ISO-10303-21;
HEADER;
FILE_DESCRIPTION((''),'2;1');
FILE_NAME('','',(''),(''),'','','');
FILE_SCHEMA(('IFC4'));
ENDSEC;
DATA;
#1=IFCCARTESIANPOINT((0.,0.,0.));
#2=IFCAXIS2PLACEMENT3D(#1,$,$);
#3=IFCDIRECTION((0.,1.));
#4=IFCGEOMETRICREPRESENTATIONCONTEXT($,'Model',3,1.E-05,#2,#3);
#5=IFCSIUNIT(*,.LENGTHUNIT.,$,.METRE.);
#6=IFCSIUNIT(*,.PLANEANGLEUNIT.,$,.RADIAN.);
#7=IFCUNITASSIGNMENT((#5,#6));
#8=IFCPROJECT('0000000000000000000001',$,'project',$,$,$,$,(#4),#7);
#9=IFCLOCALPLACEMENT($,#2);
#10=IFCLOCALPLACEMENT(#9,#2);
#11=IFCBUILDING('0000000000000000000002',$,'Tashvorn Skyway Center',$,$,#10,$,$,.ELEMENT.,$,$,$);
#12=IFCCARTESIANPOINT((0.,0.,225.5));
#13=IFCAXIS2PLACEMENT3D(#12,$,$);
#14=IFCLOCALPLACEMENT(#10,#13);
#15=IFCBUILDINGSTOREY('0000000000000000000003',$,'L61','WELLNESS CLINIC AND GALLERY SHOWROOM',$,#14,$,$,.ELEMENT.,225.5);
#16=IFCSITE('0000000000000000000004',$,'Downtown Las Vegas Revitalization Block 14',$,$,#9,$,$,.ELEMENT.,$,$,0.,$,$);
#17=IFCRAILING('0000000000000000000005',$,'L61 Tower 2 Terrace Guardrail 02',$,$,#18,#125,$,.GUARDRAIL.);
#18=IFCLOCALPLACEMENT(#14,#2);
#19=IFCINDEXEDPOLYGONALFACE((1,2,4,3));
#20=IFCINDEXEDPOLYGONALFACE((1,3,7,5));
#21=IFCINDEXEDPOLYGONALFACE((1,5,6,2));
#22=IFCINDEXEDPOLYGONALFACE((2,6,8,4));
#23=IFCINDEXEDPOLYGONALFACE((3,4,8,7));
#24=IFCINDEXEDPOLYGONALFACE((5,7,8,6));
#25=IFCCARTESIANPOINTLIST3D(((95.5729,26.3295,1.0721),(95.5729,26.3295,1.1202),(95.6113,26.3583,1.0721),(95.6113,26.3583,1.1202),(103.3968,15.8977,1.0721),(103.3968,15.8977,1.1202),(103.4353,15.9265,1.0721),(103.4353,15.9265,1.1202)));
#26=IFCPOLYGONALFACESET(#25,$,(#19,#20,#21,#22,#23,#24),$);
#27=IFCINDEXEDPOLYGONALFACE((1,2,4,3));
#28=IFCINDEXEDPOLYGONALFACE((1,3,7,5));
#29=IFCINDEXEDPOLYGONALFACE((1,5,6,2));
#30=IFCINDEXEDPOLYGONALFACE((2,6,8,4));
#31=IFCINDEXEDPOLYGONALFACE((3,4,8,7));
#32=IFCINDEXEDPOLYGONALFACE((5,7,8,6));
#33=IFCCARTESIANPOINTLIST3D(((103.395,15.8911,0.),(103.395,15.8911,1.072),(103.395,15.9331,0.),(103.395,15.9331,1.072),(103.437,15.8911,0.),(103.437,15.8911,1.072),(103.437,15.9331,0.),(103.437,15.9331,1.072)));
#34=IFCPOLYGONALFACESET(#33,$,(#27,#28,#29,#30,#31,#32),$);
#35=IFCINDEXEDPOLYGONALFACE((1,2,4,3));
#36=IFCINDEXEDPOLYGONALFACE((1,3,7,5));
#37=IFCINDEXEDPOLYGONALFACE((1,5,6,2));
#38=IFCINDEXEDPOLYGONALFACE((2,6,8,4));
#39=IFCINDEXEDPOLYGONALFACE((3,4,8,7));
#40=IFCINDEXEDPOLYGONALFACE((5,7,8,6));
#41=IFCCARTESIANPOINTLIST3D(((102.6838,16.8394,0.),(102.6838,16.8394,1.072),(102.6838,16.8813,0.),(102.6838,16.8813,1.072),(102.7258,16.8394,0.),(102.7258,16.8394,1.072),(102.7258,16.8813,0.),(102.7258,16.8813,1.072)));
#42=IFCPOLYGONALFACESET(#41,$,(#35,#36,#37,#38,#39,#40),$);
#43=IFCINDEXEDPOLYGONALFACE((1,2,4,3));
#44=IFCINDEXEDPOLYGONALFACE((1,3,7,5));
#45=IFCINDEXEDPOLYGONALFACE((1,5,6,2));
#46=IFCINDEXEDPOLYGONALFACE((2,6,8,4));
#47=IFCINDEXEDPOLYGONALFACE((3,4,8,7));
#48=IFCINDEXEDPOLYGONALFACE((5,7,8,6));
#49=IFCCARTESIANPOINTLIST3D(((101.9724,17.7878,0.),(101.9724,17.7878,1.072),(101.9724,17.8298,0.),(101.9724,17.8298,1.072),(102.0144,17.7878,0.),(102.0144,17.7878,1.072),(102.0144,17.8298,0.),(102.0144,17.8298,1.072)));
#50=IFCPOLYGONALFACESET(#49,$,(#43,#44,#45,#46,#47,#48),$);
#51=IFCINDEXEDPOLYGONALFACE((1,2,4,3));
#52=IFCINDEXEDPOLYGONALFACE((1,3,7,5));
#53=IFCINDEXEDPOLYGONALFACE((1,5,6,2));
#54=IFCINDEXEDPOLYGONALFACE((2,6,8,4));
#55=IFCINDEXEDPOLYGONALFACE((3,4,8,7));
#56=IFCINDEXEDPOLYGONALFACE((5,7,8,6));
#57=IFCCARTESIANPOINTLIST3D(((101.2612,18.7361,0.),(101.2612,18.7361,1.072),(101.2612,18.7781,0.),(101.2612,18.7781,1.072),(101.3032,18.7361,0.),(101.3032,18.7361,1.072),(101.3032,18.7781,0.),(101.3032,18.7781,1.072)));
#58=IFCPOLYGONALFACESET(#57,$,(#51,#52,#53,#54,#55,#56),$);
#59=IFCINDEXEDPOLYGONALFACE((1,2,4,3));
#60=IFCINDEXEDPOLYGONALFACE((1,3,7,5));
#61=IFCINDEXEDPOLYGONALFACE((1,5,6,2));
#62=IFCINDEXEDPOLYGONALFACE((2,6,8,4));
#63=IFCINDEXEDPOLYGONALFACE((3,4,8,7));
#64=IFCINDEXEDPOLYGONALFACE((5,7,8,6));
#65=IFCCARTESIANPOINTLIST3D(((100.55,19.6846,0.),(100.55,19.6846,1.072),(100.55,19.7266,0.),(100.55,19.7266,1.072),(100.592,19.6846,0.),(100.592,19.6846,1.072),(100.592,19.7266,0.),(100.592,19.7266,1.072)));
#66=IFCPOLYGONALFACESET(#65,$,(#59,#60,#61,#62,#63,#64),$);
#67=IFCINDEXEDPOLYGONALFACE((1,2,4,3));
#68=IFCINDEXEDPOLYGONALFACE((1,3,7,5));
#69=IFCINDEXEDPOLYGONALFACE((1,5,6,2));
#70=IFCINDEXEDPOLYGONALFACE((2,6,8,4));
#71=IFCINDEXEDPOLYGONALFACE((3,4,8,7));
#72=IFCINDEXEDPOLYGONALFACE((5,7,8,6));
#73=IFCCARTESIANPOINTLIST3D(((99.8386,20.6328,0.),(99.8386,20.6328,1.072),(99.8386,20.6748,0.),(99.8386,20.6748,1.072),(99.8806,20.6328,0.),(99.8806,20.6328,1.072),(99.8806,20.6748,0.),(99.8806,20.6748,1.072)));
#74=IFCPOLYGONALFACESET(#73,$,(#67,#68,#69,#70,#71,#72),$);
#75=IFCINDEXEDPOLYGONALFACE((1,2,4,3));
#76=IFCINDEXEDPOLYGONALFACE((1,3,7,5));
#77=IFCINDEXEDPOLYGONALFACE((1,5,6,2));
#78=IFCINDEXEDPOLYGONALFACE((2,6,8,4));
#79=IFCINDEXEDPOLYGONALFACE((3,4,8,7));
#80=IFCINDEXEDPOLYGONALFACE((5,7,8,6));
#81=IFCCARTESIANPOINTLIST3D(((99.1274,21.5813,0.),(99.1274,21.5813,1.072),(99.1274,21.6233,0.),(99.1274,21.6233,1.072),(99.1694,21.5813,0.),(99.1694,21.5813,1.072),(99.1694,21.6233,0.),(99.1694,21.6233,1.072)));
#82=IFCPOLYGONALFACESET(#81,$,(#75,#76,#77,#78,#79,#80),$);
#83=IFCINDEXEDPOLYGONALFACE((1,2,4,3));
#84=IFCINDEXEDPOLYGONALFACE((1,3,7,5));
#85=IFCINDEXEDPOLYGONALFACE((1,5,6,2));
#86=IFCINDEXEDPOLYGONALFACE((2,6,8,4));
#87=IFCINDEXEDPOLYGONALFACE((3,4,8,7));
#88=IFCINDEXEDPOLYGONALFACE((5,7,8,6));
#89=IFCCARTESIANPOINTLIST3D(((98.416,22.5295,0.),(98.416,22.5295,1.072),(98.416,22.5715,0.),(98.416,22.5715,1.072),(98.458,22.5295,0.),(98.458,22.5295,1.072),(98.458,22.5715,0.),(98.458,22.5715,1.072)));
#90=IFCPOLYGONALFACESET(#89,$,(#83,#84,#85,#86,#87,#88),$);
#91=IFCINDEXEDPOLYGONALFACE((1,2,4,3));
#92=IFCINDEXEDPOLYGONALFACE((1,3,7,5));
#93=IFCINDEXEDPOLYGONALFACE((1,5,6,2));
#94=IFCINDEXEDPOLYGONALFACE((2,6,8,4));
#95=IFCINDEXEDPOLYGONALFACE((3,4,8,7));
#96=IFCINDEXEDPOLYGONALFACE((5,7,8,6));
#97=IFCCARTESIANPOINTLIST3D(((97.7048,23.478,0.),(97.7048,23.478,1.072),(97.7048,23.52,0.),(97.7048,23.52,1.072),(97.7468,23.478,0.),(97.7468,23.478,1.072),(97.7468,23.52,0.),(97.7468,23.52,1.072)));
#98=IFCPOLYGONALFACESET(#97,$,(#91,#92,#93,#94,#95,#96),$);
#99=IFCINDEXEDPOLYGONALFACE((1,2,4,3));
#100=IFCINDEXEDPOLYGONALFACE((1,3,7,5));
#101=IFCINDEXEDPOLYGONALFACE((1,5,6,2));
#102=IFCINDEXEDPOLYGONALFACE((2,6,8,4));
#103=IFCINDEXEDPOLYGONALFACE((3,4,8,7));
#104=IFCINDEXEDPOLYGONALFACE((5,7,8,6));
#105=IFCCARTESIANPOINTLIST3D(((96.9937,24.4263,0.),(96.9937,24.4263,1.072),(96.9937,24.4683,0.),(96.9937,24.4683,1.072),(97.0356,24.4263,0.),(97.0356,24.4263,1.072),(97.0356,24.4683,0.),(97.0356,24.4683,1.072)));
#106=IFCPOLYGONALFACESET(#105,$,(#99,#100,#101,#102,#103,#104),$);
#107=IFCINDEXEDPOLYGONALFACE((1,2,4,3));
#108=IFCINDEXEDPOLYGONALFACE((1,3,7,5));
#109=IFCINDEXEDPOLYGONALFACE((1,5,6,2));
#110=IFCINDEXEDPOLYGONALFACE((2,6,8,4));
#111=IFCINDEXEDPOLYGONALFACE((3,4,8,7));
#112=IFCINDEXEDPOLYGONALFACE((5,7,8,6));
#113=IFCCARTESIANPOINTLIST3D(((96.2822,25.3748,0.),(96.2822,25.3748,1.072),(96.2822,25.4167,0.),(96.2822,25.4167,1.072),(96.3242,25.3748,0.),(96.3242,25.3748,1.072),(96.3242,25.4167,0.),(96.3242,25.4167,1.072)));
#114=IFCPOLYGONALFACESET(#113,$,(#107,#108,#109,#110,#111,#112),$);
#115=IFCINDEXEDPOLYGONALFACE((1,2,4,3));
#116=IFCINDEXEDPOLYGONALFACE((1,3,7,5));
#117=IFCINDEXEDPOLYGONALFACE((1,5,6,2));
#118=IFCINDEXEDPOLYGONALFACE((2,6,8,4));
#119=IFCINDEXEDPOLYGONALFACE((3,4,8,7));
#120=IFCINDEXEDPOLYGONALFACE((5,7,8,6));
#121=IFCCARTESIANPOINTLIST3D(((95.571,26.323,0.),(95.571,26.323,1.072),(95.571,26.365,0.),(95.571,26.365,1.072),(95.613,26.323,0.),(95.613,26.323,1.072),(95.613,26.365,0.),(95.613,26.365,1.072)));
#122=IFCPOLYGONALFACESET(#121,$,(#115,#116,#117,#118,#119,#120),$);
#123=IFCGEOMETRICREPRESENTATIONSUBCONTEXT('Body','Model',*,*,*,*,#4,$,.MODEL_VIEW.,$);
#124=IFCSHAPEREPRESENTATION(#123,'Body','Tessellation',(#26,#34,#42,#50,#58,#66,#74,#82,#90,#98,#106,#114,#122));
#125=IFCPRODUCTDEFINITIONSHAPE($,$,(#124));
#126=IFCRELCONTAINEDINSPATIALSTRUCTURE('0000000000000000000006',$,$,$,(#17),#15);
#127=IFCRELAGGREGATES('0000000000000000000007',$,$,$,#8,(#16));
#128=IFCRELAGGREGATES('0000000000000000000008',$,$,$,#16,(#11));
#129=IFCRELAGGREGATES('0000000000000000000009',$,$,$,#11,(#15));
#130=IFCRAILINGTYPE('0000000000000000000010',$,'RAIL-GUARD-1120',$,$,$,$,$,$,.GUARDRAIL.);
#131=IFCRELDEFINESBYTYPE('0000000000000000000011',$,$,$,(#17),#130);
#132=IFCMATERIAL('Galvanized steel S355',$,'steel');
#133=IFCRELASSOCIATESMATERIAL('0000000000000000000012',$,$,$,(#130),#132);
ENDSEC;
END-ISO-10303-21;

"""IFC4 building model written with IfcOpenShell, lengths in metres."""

from ifc_helpers import new_model, si_unit, direction, frame, origin, origin_2d, place, context, subcontext, project, spatial, rectangle, extrude, material, type_object, element, save


model = new_model("IFC4")

# Units and contexts
model_context = context("Model", 3, precision=1e-05, world=origin(), true_north=direction((0.0, 1.0)))
body_context = subcontext(model_context, "Body", "Model", "MODEL_VIEW")
ifc_project = project(units=[si_unit("LENGTHUNIT", "METRE"), si_unit("PLANEANGLEUNIT", "RADIAN")], contexts=[model_context])

# Site, building, storey
site_placement = place(None, origin())
site = spatial("IfcSite", under=ifc_project, at=site_placement, Name="Downtown Las Vegas Revitalization Block 14", CompositionType="ELEMENT", RefElevation=0.0)
building_placement = place(site_placement, origin())
building = spatial("IfcBuilding", under=site, at=building_placement, Name="Tashvorn Skyway Center", CompositionType="ELEMENT")
storey_placement = place(building_placement, frame((0.0, 0.0, 225.5)))
storey = spatial("IfcBuildingStorey", under=building, at=storey_placement, Name="L61", Description="WELLNESS CLINIC AND GALLERY SHOWROOM", CompositionType="ELEMENT", Elevation=225.5)

# Railing
ifc_material_1 = material(Name="Galvanized steel S355", Category="steel")
railing_type = type_object("IfcRailingType", Name="RAIL-GUARD-1120", PredefinedType="GUARDRAIL", material=ifc_material_1)
railing_1_placement = place(storey_placement, frame((103.416, 15.9121, 0.0)))
element("IfcRailing", 1, at=railing_1_placement, inside=storey, type_object=railing_type, Name="L61 Tower 2 Terrace Guardrail 02", PredefinedType="GUARDRAIL", context=body_context, shape_type="SweptSolid", body=[
    extrude(rectangle(XDim=0.0481, YDim=0.0481, at=origin_2d()), frame((0.0, 0.0, 1.0962), z_axis=(-0.600003, 0.799998, 0.0), x_axis=(-0.799998, -0.600003, 0.0)), (0.0, 0.0, 1.0), 13.0398),
    extrude(rectangle(XDim=0.042, YDim=0.042, at=origin_2d()), origin(), (0.0, 0.0, 1.0), 1.072),
    extrude(rectangle(XDim=0.042, YDim=0.042, at=origin_2d()), frame((-0.7112, 0.9482, 0.0)), (0.0, 0.0, 1.0), 1.072),
    extrude(rectangle(XDim=0.042, YDim=0.042, at=origin_2d()), frame((-1.4226, 1.8967, 0.0)), (0.0, 0.0, 1.0), 1.072),
    extrude(rectangle(XDim=0.042, YDim=0.042, at=origin_2d()), frame((-2.1338, 2.845, 0.0)), (0.0, 0.0, 1.0), 1.072),
    extrude(rectangle(XDim=0.042, YDim=0.042, at=origin_2d()), frame((-2.845, 3.7935, 0.0)), (0.0, 0.0, 1.0), 1.072),
    extrude(rectangle(XDim=0.042, YDim=0.042, at=origin_2d()), frame((-3.5564, 4.7417, 0.0)), (0.0, 0.0, 1.0), 1.072),
    extrude(rectangle(XDim=0.042, YDim=0.042, at=origin_2d()), frame((-4.2676, 5.6902, 0.0)), (0.0, 0.0, 1.0), 1.072),
    extrude(rectangle(XDim=0.042, YDim=0.042, at=origin_2d()), frame((-4.979, 6.6384, 0.0)), (0.0, 0.0, 1.0), 1.072),
    extrude(rectangle(XDim=0.042, YDim=0.042, at=origin_2d()), frame((-5.6902, 7.5869, 0.0)), (0.0, 0.0, 1.0), 1.072),
    extrude(rectangle(XDim=0.042, YDim=0.042, at=origin_2d()), frame((-6.4014, 8.5352, 0.0)), (0.0, 0.0, 1.0), 1.072),
    extrude(rectangle(XDim=0.042, YDim=0.042, at=origin_2d()), frame((-7.1128, 9.4836, 0.0)), (0.0, 0.0, 1.0), 1.072),
    extrude(rectangle(XDim=0.042, YDim=0.042, at=origin_2d()), frame((-7.824, 10.4319, 0.0)), (0.0, 0.0, 1.0), 1.072),
])

save(model, "model.ifc")
